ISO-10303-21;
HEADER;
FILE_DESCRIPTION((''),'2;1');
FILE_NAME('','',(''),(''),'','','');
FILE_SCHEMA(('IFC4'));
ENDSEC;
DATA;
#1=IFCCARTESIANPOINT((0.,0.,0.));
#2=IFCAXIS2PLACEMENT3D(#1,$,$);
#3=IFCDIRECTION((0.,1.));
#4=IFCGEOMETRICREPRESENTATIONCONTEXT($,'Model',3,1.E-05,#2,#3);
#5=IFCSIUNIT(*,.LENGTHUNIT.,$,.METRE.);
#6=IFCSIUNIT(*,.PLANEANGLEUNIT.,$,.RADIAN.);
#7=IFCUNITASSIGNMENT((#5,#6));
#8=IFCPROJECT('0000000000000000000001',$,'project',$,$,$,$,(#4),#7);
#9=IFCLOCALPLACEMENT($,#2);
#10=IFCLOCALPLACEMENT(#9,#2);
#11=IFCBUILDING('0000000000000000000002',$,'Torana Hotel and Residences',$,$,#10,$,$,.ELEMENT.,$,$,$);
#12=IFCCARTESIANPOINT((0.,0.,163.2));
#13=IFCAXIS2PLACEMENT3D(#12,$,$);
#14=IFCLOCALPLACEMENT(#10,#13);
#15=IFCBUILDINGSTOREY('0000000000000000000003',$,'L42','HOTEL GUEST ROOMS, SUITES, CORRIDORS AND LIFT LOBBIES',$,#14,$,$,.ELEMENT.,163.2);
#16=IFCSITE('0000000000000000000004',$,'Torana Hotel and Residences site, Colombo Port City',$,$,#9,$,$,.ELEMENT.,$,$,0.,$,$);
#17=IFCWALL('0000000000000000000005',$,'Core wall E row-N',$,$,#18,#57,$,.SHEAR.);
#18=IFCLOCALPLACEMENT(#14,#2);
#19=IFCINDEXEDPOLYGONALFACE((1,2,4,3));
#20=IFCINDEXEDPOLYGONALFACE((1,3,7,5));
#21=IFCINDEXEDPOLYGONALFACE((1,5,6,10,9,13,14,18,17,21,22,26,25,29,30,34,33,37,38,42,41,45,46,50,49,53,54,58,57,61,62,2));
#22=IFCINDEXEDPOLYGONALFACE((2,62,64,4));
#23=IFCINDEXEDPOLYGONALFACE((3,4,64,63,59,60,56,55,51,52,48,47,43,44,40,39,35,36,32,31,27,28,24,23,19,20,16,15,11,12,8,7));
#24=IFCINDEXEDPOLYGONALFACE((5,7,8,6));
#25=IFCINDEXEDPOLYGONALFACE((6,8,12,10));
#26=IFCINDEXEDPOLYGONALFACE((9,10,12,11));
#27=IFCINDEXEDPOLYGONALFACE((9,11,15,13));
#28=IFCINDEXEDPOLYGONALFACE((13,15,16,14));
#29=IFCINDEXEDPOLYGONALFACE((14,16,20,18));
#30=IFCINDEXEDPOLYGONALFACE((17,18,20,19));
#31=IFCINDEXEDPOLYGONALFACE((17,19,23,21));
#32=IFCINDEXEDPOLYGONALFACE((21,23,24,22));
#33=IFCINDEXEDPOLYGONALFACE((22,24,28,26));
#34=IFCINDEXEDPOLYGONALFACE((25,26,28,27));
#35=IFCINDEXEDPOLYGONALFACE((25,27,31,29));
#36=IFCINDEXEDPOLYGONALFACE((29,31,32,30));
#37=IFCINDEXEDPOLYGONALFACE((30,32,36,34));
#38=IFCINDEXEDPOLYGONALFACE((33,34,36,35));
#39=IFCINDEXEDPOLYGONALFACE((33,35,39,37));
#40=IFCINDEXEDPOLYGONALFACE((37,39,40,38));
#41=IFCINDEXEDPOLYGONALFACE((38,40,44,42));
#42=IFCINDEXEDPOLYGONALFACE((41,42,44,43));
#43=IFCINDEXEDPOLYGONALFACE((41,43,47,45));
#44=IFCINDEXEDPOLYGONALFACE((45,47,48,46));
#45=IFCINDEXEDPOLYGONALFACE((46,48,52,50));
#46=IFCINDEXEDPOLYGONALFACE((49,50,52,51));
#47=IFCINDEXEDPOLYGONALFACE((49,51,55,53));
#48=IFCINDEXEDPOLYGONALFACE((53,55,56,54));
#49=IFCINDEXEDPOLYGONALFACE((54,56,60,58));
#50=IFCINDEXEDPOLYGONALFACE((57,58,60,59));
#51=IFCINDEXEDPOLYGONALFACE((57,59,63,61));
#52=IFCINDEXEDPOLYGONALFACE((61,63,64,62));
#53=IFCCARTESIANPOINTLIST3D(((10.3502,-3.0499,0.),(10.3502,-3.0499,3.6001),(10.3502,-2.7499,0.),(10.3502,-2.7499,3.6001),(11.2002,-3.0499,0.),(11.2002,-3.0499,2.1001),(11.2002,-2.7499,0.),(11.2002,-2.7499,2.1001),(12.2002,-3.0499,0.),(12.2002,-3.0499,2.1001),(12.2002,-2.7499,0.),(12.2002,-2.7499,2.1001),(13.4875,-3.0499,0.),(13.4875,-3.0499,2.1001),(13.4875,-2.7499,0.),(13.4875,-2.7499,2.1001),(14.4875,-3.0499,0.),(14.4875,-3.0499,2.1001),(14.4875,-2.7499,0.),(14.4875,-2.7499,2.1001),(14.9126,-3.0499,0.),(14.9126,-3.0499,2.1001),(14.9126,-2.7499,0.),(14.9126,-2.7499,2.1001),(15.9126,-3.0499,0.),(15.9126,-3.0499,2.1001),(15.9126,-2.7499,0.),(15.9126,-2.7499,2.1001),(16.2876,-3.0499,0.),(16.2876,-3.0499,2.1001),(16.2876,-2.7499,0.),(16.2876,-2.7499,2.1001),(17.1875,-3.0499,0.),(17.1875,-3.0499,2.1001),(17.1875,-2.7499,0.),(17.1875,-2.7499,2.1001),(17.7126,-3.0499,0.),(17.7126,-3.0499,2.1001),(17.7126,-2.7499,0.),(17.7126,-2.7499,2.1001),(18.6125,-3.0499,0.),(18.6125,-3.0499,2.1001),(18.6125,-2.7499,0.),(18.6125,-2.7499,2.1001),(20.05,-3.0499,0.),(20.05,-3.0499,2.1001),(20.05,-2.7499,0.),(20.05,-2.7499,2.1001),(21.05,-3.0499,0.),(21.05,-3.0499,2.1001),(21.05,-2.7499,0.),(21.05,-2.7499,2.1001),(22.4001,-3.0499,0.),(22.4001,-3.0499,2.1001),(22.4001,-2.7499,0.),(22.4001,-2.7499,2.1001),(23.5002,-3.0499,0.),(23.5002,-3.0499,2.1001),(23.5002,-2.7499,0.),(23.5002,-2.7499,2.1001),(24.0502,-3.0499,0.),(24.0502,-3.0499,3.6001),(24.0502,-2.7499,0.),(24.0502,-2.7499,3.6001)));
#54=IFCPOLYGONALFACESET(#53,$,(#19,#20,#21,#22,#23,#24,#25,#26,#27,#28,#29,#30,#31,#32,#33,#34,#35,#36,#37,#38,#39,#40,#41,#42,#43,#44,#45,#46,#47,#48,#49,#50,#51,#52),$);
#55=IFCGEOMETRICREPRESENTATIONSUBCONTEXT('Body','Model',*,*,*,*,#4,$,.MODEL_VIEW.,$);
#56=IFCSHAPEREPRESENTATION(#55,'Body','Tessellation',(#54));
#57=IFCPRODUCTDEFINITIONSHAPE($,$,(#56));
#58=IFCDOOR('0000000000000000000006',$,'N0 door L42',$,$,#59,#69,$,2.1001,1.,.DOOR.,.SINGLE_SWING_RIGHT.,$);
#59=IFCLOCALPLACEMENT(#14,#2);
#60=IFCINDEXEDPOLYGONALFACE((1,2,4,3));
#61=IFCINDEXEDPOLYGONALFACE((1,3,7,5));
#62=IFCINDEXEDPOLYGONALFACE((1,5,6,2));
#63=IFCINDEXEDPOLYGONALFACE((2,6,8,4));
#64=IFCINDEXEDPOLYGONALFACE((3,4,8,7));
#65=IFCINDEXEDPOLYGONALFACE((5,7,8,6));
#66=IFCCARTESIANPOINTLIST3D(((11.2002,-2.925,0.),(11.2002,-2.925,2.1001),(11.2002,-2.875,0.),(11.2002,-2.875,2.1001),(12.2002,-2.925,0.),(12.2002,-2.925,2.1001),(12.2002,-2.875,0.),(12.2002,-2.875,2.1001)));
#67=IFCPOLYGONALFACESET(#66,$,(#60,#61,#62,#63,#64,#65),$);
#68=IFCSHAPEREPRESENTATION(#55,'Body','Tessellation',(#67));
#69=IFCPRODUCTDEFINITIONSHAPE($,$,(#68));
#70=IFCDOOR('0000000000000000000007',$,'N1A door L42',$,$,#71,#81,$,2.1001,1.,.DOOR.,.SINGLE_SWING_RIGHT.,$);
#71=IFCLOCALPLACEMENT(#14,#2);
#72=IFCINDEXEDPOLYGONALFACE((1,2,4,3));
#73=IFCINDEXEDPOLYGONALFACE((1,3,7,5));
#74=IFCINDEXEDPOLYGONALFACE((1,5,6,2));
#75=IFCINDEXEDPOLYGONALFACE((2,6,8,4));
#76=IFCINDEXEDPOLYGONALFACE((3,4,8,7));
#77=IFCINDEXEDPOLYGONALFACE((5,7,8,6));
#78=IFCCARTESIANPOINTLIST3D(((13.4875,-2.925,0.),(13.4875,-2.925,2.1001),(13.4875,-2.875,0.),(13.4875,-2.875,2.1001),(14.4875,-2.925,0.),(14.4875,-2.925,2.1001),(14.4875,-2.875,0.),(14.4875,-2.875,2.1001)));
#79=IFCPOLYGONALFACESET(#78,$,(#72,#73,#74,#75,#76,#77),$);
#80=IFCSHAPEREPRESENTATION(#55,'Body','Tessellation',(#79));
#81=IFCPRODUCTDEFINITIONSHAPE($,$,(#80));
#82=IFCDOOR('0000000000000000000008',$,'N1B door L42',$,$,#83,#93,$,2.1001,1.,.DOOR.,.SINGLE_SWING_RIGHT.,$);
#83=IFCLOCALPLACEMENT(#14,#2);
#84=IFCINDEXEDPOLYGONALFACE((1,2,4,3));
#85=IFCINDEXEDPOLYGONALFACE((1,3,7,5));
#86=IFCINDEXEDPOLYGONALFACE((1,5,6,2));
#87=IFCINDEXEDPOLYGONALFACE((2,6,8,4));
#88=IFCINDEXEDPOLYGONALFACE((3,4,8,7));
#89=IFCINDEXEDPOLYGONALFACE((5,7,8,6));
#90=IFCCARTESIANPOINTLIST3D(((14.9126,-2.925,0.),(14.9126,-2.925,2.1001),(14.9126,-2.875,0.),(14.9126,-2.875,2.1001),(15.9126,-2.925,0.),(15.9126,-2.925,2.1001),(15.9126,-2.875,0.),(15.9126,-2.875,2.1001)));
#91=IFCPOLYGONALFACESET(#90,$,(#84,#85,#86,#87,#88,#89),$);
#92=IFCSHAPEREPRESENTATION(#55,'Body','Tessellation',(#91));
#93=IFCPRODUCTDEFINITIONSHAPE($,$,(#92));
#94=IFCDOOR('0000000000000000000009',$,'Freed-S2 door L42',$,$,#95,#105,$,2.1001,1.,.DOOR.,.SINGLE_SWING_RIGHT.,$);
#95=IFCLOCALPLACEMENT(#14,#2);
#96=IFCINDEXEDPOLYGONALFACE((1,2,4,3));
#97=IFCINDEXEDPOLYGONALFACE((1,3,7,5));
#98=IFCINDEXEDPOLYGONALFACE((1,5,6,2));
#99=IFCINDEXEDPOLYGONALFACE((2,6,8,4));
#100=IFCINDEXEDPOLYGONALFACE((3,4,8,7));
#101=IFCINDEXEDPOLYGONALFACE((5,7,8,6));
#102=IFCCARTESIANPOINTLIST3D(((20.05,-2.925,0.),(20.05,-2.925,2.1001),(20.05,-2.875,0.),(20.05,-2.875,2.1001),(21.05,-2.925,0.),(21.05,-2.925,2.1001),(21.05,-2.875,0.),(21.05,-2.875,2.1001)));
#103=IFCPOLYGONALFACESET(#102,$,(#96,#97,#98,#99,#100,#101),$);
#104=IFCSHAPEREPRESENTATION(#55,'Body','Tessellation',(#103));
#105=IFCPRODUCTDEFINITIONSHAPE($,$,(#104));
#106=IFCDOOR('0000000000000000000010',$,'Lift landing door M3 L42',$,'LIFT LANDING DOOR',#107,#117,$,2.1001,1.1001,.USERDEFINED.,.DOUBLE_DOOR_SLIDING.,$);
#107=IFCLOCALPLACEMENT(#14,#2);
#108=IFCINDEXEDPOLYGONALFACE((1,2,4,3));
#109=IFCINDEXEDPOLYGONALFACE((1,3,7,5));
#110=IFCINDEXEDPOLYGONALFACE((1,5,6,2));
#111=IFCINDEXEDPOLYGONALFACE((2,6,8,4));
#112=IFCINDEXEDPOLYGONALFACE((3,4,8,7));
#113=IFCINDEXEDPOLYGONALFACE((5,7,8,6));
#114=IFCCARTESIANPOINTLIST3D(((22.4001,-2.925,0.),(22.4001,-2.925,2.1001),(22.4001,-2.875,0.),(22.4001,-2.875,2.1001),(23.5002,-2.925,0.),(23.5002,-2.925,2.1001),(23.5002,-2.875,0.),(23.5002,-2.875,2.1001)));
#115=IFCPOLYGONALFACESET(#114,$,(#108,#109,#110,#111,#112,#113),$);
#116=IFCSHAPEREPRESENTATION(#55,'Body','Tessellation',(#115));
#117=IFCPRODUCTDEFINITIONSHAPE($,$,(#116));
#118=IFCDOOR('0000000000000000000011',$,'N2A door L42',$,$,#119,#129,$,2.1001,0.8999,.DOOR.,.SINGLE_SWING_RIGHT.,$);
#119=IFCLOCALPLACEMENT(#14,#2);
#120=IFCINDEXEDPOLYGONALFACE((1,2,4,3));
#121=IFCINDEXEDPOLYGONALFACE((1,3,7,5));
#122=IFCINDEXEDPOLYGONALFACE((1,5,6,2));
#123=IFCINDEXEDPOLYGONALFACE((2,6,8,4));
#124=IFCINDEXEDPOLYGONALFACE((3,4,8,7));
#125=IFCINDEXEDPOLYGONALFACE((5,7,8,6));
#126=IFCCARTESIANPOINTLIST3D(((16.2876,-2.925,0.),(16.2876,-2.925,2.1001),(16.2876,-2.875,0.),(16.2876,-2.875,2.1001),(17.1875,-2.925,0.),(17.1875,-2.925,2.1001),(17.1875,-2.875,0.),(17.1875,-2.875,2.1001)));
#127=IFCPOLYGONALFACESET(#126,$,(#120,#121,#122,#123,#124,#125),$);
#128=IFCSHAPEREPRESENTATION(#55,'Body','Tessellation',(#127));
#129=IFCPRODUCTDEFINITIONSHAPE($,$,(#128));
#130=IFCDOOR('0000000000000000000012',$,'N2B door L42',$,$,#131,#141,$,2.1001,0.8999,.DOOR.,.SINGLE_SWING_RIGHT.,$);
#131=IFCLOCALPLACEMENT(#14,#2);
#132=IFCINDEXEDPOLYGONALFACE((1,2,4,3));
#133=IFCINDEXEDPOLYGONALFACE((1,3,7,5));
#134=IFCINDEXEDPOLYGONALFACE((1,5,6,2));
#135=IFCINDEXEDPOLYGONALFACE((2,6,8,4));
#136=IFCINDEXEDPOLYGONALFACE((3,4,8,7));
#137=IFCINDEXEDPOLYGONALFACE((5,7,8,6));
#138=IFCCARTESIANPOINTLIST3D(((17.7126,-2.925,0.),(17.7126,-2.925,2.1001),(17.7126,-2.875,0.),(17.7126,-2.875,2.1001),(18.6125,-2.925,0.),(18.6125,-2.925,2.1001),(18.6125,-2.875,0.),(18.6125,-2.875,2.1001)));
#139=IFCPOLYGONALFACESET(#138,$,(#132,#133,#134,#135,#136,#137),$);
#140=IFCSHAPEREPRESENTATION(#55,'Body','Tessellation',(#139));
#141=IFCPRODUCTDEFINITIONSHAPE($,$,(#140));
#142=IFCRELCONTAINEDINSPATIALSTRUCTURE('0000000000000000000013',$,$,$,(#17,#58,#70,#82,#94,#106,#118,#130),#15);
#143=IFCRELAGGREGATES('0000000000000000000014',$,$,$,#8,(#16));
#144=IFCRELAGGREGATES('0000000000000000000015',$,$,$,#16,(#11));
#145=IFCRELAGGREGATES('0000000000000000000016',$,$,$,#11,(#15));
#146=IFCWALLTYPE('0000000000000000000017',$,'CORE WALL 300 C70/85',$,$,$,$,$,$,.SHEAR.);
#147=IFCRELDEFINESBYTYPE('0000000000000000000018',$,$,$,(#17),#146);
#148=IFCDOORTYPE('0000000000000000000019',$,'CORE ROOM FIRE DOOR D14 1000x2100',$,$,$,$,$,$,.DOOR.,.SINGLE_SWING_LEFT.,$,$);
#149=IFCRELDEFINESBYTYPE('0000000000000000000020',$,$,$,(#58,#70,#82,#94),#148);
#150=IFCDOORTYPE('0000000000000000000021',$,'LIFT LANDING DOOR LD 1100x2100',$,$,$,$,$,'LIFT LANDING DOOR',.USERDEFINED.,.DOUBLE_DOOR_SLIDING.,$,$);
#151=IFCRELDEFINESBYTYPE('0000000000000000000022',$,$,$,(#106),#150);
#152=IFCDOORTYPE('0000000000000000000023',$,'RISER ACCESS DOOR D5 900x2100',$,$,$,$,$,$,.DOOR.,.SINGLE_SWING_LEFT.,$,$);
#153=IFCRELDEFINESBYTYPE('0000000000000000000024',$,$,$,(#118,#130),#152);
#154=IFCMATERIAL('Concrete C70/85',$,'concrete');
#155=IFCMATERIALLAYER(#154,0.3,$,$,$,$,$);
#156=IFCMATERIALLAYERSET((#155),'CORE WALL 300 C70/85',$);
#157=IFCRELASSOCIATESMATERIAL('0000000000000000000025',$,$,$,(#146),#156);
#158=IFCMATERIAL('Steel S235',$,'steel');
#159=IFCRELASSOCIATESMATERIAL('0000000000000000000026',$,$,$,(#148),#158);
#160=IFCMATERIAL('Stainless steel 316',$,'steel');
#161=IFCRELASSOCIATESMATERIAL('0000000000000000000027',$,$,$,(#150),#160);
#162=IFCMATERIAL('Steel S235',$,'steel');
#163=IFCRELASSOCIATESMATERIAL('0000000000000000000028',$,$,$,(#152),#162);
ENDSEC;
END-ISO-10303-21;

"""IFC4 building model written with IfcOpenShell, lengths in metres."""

from ifc_helpers import new_model, si_unit, direction, frame, frame_2d, origin, place, context, subcontext, project, spatial, rectangle, extrude, material, layer, layer_set, type_object, element, fill, save


model = new_model("IFC4")

# Units and contexts
model_context = context("Model", 3, precision=1e-05, world=origin(), true_north=direction((0.0, 1.0)))
body_context = subcontext(model_context, "Body", "Model", "MODEL_VIEW")
ifc_project = project(units=[si_unit("LENGTHUNIT", "METRE"), si_unit("PLANEANGLEUNIT", "RADIAN")], contexts=[model_context])

# Site, building, storey
site_placement = place(None, origin())
site = spatial("IfcSite", under=ifc_project, at=site_placement, Name="Torana Hotel and Residences site, Colombo Port City", CompositionType="ELEMENT", RefElevation=0.0)
building_placement = place(site_placement, origin())
building = spatial("IfcBuilding", under=site, at=building_placement, Name="Torana Hotel and Residences", CompositionType="ELEMENT")
storey_placement = place(building_placement, frame((0.0, 0.0, 163.2)))
storey = spatial("IfcBuildingStorey", under=building, at=storey_placement, Name="L42", Description="HOTEL GUEST ROOMS, SUITES, CORRIDORS AND LIFT LOBBIES", CompositionType="ELEMENT", Elevation=163.2)

# Wall, openings, doors
ifc_material_1 = material(Name="Concrete C70/85", Category="concrete")
ifc_layer_1 = layer(ifc_material_1, 0.3)
ifc_layer_set_1 = layer_set([ifc_layer_1], Name="CORE WALL 300 C70/85")
wall_type_1 = type_object("IfcWallType", Name="CORE WALL 300 C70/85", PredefinedType="SHEAR", material=ifc_layer_set_1)
wall_1_placement = place(storey_placement, frame((10.3501, -2.8999, 0.0), z_axis=(0.0, 0.0, 1.0), x_axis=(1.0, 0.0, 0.0)))
wall_1 = element("IfcWall", 1, at=wall_1_placement, inside=storey, type_object=wall_type_1, Name="Core wall E row-N", PredefinedType="SHEAR", context=body_context, shape_type="SweptSolid", body=[
    extrude(rectangle(XDim=13.7, YDim=0.3, at=frame_2d((6.8501, 0.0))), origin(), (0.0, 0.0, 1.0), 3.6001),
])
opening_1_placement = place(wall_1_placement, frame((12.05, 0.0, 0.0)))
opening_1 = element("IfcOpeningElement", 2, at=opening_1_placement, cuts=wall_1, PredefinedType="OPENING", context=body_context, shape_type="SweptSolid", body=[
    extrude(rectangle(XDim=1.1001, YDim=2.1001, at=frame_2d((0.55, 1.05))), frame((0.0, 0.1599, 0.0), z_axis=(0.0, -1.0, 0.0), x_axis=(1.0, 0.0, 0.0)), (0.0, 0.0, 1.0), 0.3201),
])
opening_2_placement = place(wall_1_placement, frame((5.9375, 0.0, 0.0)))
opening_2 = element("IfcOpeningElement", 3, at=opening_2_placement, cuts=wall_1, PredefinedType="OPENING", context=body_context, shape_type="SweptSolid", body=[
    extrude(rectangle(XDim=0.8999, YDim=2.1001, at=frame_2d((0.45, 1.05))), frame((0.0, 0.1599, 0.0), z_axis=(0.0, -1.0, 0.0), x_axis=(1.0, 0.0, 0.0)), (0.0, 0.0, 1.0), 0.3201),
])
opening_3_placement = place(wall_1_placement, frame((7.3625, 0.0, 0.0)))
opening_3 = element("IfcOpeningElement", 4, at=opening_3_placement, cuts=wall_1, PredefinedType="OPENING", context=body_context, shape_type="SweptSolid", body=[
    extrude(rectangle(XDim=0.8999, YDim=2.1001, at=frame_2d((0.45, 1.05))), frame((0.0, 0.1599, 0.0), z_axis=(0.0, -1.0, 0.0), x_axis=(1.0, 0.0, 0.0)), (0.0, 0.0, 1.0), 0.3201),
])
opening_4_placement = place(wall_1_placement, frame((0.8501, 0.0, 0.0)))
opening_4 = element("IfcOpeningElement", 5, at=opening_4_placement, cuts=wall_1, PredefinedType="OPENING", context=body_context, shape_type="SweptSolid", body=[
    extrude(rectangle(XDim=1.0, YDim=2.1001, at=frame_2d((0.5, 1.05))), frame((0.0, 0.1599, 0.0), z_axis=(0.0, -1.0, 0.0), x_axis=(1.0, 0.0, 0.0)), (0.0, 0.0, 1.0), 0.3201),
])
opening_5_placement = place(wall_1_placement, frame((3.1375, 0.0, 0.0)))
opening_5 = element("IfcOpeningElement", 6, at=opening_5_placement, cuts=wall_1, PredefinedType="OPENING", context=body_context, shape_type="SweptSolid", body=[
    extrude(rectangle(XDim=1.0, YDim=2.1001, at=frame_2d((0.5, 1.05))), frame((0.0, 0.1599, 0.0), z_axis=(0.0, -1.0, 0.0), x_axis=(1.0, 0.0, 0.0)), (0.0, 0.0, 1.0), 0.3201),
])
opening_6_placement = place(wall_1_placement, frame((4.5625, 0.0, 0.0)))
opening_6 = element("IfcOpeningElement", 7, at=opening_6_placement, cuts=wall_1, PredefinedType="OPENING", context=body_context, shape_type="SweptSolid", body=[
    extrude(rectangle(XDim=1.0, YDim=2.1001, at=frame_2d((0.5, 1.05))), frame((0.0, 0.1599, 0.0), z_axis=(0.0, -1.0, 0.0), x_axis=(1.0, 0.0, 0.0)), (0.0, 0.0, 1.0), 0.3201),
])
opening_7_placement = place(wall_1_placement, frame((9.7, 0.0, 0.0)))
opening_7 = element("IfcOpeningElement", 8, at=opening_7_placement, cuts=wall_1, PredefinedType="OPENING", context=body_context, shape_type="SweptSolid", body=[
    extrude(rectangle(XDim=1.0, YDim=2.1001, at=frame_2d((0.5, 1.05))), frame((0.0, 0.1599, 0.0), z_axis=(0.0, -1.0, 0.0), x_axis=(1.0, 0.0, 0.0)), (0.0, 0.0, 1.0), 0.3201),
])
ifc_material_2 = material(Name="Steel S235", Category="steel")
door_type_1 = type_object("IfcDoorType", Name="CORE ROOM FIRE DOOR D14 1000x2100", OperationType="SINGLE_SWING_LEFT", PredefinedType="DOOR", material=ifc_material_2)
door_1_placement = place(opening_4_placement, origin())
door_1 = element("IfcDoor", 9, at=door_1_placement, inside=storey, type_object=door_type_1, Name="N0 door L42", OperationType="SINGLE_SWING_RIGHT", OverallHeight=2.1001, OverallWidth=1.0, PredefinedType="DOOR", context=body_context, shape_type="SweptSolid", body=[
    extrude(rectangle(XDim=1.0, YDim=2.1001, at=frame_2d((0.5, 1.05))), frame((0.0, 0.0249, 0.0), z_axis=(0.0, -1.0, 0.0), x_axis=(1.0, 0.0, 0.0)), (0.0, 0.0, 1.0), 0.05),
])
fill(opening_4, door_1)
door_2_placement = place(opening_5_placement, origin())
door_2 = element("IfcDoor", 10, at=door_2_placement, inside=storey, type_object=door_type_1, Name="N1A door L42", OperationType="SINGLE_SWING_RIGHT", OverallHeight=2.1001, OverallWidth=1.0, PredefinedType="DOOR", context=body_context, shape_type="SweptSolid", body=[
    extrude(rectangle(XDim=1.0, YDim=2.1001, at=frame_2d((0.5, 1.05))), frame((0.0, 0.0249, 0.0), z_axis=(0.0, -1.0, 0.0), x_axis=(1.0, 0.0, 0.0)), (0.0, 0.0, 1.0), 0.05),
])
fill(opening_5, door_2)
door_3_placement = place(opening_6_placement, origin())
door_3 = element("IfcDoor", 11, at=door_3_placement, inside=storey, type_object=door_type_1, Name="N1B door L42", OperationType="SINGLE_SWING_RIGHT", OverallHeight=2.1001, OverallWidth=1.0, PredefinedType="DOOR", context=body_context, shape_type="SweptSolid", body=[
    extrude(rectangle(XDim=1.0, YDim=2.1001, at=frame_2d((0.5, 1.05))), frame((0.0, 0.0249, 0.0), z_axis=(0.0, -1.0, 0.0), x_axis=(1.0, 0.0, 0.0)), (0.0, 0.0, 1.0), 0.05),
])
fill(opening_6, door_3)
door_4_placement = place(opening_7_placement, origin())
door_4 = element("IfcDoor", 12, at=door_4_placement, inside=storey, type_object=door_type_1, Name="Freed-S2 door L42", OperationType="SINGLE_SWING_RIGHT", OverallHeight=2.1001, OverallWidth=1.0, PredefinedType="DOOR", context=body_context, shape_type="SweptSolid", body=[
    extrude(rectangle(XDim=1.0, YDim=2.1001, at=frame_2d((0.5, 1.05))), frame((0.0, 0.0249, 0.0), z_axis=(0.0, -1.0, 0.0), x_axis=(1.0, 0.0, 0.0)), (0.0, 0.0, 1.0), 0.05),
])
fill(opening_7, door_4)
ifc_material_3 = material(Name="Stainless steel 316", Category="steel")
door_type_2 = type_object("IfcDoorType", Name="LIFT LANDING DOOR LD 1100x2100", ElementType="LIFT LANDING DOOR", OperationType="DOUBLE_DOOR_SLIDING", PredefinedType="USERDEFINED", material=ifc_material_3)
door_5_placement = place(opening_1_placement, origin())
door_5 = element("IfcDoor", 13, at=door_5_placement, inside=storey, type_object=door_type_2, Name="Lift landing door M3 L42", ObjectType="LIFT LANDING DOOR", OperationType="DOUBLE_DOOR_SLIDING", OverallHeight=2.1001, OverallWidth=1.1001, PredefinedType="USERDEFINED", context=body_context, shape_type="SweptSolid", body=[
    extrude(rectangle(XDim=1.1001, YDim=2.1001, at=frame_2d((0.55, 1.05))), frame((0.0, 0.0249, 0.0), z_axis=(0.0, -1.0, 0.0), x_axis=(1.0, 0.0, 0.0)), (0.0, 0.0, 1.0), 0.05),
])
fill(opening_1, door_5)
ifc_material_4 = material(Name="Steel S235", Category="steel")
door_type_3 = type_object("IfcDoorType", Name="RISER ACCESS DOOR D5 900x2100", OperationType="SINGLE_SWING_LEFT", PredefinedType="DOOR", material=ifc_material_4)
door_6_placement = place(opening_2_placement, origin())
door_6 = element("IfcDoor", 14, at=door_6_placement, inside=storey, type_object=door_type_3, Name="N2A door L42", OperationType="SINGLE_SWING_RIGHT", OverallHeight=2.1001, OverallWidth=0.8999, PredefinedType="DOOR", context=body_context, shape_type="SweptSolid", body=[
    extrude(rectangle(XDim=0.8999, YDim=2.1001, at=frame_2d((0.45, 1.05))), frame((0.0, 0.0249, 0.0), z_axis=(0.0, -1.0, 0.0), x_axis=(1.0, 0.0, 0.0)), (0.0, 0.0, 1.0), 0.05),
])
fill(opening_2, door_6)
door_7_placement = place(opening_3_placement, origin())
door_7 = element("IfcDoor", 15, at=door_7_placement, inside=storey, type_object=door_type_3, Name="N2B door L42", OperationType="SINGLE_SWING_RIGHT", OverallHeight=2.1001, OverallWidth=0.8999, PredefinedType="DOOR", context=body_context, shape_type="SweptSolid", body=[
    extrude(rectangle(XDim=0.8999, YDim=2.1001, at=frame_2d((0.45, 1.05))), frame((0.0, 0.0249, 0.0), z_axis=(0.0, -1.0, 0.0), x_axis=(1.0, 0.0, 0.0)), (0.0, 0.0, 1.0), 0.05),
])
fill(opening_3, door_7)

save(model, "model.ifc")
